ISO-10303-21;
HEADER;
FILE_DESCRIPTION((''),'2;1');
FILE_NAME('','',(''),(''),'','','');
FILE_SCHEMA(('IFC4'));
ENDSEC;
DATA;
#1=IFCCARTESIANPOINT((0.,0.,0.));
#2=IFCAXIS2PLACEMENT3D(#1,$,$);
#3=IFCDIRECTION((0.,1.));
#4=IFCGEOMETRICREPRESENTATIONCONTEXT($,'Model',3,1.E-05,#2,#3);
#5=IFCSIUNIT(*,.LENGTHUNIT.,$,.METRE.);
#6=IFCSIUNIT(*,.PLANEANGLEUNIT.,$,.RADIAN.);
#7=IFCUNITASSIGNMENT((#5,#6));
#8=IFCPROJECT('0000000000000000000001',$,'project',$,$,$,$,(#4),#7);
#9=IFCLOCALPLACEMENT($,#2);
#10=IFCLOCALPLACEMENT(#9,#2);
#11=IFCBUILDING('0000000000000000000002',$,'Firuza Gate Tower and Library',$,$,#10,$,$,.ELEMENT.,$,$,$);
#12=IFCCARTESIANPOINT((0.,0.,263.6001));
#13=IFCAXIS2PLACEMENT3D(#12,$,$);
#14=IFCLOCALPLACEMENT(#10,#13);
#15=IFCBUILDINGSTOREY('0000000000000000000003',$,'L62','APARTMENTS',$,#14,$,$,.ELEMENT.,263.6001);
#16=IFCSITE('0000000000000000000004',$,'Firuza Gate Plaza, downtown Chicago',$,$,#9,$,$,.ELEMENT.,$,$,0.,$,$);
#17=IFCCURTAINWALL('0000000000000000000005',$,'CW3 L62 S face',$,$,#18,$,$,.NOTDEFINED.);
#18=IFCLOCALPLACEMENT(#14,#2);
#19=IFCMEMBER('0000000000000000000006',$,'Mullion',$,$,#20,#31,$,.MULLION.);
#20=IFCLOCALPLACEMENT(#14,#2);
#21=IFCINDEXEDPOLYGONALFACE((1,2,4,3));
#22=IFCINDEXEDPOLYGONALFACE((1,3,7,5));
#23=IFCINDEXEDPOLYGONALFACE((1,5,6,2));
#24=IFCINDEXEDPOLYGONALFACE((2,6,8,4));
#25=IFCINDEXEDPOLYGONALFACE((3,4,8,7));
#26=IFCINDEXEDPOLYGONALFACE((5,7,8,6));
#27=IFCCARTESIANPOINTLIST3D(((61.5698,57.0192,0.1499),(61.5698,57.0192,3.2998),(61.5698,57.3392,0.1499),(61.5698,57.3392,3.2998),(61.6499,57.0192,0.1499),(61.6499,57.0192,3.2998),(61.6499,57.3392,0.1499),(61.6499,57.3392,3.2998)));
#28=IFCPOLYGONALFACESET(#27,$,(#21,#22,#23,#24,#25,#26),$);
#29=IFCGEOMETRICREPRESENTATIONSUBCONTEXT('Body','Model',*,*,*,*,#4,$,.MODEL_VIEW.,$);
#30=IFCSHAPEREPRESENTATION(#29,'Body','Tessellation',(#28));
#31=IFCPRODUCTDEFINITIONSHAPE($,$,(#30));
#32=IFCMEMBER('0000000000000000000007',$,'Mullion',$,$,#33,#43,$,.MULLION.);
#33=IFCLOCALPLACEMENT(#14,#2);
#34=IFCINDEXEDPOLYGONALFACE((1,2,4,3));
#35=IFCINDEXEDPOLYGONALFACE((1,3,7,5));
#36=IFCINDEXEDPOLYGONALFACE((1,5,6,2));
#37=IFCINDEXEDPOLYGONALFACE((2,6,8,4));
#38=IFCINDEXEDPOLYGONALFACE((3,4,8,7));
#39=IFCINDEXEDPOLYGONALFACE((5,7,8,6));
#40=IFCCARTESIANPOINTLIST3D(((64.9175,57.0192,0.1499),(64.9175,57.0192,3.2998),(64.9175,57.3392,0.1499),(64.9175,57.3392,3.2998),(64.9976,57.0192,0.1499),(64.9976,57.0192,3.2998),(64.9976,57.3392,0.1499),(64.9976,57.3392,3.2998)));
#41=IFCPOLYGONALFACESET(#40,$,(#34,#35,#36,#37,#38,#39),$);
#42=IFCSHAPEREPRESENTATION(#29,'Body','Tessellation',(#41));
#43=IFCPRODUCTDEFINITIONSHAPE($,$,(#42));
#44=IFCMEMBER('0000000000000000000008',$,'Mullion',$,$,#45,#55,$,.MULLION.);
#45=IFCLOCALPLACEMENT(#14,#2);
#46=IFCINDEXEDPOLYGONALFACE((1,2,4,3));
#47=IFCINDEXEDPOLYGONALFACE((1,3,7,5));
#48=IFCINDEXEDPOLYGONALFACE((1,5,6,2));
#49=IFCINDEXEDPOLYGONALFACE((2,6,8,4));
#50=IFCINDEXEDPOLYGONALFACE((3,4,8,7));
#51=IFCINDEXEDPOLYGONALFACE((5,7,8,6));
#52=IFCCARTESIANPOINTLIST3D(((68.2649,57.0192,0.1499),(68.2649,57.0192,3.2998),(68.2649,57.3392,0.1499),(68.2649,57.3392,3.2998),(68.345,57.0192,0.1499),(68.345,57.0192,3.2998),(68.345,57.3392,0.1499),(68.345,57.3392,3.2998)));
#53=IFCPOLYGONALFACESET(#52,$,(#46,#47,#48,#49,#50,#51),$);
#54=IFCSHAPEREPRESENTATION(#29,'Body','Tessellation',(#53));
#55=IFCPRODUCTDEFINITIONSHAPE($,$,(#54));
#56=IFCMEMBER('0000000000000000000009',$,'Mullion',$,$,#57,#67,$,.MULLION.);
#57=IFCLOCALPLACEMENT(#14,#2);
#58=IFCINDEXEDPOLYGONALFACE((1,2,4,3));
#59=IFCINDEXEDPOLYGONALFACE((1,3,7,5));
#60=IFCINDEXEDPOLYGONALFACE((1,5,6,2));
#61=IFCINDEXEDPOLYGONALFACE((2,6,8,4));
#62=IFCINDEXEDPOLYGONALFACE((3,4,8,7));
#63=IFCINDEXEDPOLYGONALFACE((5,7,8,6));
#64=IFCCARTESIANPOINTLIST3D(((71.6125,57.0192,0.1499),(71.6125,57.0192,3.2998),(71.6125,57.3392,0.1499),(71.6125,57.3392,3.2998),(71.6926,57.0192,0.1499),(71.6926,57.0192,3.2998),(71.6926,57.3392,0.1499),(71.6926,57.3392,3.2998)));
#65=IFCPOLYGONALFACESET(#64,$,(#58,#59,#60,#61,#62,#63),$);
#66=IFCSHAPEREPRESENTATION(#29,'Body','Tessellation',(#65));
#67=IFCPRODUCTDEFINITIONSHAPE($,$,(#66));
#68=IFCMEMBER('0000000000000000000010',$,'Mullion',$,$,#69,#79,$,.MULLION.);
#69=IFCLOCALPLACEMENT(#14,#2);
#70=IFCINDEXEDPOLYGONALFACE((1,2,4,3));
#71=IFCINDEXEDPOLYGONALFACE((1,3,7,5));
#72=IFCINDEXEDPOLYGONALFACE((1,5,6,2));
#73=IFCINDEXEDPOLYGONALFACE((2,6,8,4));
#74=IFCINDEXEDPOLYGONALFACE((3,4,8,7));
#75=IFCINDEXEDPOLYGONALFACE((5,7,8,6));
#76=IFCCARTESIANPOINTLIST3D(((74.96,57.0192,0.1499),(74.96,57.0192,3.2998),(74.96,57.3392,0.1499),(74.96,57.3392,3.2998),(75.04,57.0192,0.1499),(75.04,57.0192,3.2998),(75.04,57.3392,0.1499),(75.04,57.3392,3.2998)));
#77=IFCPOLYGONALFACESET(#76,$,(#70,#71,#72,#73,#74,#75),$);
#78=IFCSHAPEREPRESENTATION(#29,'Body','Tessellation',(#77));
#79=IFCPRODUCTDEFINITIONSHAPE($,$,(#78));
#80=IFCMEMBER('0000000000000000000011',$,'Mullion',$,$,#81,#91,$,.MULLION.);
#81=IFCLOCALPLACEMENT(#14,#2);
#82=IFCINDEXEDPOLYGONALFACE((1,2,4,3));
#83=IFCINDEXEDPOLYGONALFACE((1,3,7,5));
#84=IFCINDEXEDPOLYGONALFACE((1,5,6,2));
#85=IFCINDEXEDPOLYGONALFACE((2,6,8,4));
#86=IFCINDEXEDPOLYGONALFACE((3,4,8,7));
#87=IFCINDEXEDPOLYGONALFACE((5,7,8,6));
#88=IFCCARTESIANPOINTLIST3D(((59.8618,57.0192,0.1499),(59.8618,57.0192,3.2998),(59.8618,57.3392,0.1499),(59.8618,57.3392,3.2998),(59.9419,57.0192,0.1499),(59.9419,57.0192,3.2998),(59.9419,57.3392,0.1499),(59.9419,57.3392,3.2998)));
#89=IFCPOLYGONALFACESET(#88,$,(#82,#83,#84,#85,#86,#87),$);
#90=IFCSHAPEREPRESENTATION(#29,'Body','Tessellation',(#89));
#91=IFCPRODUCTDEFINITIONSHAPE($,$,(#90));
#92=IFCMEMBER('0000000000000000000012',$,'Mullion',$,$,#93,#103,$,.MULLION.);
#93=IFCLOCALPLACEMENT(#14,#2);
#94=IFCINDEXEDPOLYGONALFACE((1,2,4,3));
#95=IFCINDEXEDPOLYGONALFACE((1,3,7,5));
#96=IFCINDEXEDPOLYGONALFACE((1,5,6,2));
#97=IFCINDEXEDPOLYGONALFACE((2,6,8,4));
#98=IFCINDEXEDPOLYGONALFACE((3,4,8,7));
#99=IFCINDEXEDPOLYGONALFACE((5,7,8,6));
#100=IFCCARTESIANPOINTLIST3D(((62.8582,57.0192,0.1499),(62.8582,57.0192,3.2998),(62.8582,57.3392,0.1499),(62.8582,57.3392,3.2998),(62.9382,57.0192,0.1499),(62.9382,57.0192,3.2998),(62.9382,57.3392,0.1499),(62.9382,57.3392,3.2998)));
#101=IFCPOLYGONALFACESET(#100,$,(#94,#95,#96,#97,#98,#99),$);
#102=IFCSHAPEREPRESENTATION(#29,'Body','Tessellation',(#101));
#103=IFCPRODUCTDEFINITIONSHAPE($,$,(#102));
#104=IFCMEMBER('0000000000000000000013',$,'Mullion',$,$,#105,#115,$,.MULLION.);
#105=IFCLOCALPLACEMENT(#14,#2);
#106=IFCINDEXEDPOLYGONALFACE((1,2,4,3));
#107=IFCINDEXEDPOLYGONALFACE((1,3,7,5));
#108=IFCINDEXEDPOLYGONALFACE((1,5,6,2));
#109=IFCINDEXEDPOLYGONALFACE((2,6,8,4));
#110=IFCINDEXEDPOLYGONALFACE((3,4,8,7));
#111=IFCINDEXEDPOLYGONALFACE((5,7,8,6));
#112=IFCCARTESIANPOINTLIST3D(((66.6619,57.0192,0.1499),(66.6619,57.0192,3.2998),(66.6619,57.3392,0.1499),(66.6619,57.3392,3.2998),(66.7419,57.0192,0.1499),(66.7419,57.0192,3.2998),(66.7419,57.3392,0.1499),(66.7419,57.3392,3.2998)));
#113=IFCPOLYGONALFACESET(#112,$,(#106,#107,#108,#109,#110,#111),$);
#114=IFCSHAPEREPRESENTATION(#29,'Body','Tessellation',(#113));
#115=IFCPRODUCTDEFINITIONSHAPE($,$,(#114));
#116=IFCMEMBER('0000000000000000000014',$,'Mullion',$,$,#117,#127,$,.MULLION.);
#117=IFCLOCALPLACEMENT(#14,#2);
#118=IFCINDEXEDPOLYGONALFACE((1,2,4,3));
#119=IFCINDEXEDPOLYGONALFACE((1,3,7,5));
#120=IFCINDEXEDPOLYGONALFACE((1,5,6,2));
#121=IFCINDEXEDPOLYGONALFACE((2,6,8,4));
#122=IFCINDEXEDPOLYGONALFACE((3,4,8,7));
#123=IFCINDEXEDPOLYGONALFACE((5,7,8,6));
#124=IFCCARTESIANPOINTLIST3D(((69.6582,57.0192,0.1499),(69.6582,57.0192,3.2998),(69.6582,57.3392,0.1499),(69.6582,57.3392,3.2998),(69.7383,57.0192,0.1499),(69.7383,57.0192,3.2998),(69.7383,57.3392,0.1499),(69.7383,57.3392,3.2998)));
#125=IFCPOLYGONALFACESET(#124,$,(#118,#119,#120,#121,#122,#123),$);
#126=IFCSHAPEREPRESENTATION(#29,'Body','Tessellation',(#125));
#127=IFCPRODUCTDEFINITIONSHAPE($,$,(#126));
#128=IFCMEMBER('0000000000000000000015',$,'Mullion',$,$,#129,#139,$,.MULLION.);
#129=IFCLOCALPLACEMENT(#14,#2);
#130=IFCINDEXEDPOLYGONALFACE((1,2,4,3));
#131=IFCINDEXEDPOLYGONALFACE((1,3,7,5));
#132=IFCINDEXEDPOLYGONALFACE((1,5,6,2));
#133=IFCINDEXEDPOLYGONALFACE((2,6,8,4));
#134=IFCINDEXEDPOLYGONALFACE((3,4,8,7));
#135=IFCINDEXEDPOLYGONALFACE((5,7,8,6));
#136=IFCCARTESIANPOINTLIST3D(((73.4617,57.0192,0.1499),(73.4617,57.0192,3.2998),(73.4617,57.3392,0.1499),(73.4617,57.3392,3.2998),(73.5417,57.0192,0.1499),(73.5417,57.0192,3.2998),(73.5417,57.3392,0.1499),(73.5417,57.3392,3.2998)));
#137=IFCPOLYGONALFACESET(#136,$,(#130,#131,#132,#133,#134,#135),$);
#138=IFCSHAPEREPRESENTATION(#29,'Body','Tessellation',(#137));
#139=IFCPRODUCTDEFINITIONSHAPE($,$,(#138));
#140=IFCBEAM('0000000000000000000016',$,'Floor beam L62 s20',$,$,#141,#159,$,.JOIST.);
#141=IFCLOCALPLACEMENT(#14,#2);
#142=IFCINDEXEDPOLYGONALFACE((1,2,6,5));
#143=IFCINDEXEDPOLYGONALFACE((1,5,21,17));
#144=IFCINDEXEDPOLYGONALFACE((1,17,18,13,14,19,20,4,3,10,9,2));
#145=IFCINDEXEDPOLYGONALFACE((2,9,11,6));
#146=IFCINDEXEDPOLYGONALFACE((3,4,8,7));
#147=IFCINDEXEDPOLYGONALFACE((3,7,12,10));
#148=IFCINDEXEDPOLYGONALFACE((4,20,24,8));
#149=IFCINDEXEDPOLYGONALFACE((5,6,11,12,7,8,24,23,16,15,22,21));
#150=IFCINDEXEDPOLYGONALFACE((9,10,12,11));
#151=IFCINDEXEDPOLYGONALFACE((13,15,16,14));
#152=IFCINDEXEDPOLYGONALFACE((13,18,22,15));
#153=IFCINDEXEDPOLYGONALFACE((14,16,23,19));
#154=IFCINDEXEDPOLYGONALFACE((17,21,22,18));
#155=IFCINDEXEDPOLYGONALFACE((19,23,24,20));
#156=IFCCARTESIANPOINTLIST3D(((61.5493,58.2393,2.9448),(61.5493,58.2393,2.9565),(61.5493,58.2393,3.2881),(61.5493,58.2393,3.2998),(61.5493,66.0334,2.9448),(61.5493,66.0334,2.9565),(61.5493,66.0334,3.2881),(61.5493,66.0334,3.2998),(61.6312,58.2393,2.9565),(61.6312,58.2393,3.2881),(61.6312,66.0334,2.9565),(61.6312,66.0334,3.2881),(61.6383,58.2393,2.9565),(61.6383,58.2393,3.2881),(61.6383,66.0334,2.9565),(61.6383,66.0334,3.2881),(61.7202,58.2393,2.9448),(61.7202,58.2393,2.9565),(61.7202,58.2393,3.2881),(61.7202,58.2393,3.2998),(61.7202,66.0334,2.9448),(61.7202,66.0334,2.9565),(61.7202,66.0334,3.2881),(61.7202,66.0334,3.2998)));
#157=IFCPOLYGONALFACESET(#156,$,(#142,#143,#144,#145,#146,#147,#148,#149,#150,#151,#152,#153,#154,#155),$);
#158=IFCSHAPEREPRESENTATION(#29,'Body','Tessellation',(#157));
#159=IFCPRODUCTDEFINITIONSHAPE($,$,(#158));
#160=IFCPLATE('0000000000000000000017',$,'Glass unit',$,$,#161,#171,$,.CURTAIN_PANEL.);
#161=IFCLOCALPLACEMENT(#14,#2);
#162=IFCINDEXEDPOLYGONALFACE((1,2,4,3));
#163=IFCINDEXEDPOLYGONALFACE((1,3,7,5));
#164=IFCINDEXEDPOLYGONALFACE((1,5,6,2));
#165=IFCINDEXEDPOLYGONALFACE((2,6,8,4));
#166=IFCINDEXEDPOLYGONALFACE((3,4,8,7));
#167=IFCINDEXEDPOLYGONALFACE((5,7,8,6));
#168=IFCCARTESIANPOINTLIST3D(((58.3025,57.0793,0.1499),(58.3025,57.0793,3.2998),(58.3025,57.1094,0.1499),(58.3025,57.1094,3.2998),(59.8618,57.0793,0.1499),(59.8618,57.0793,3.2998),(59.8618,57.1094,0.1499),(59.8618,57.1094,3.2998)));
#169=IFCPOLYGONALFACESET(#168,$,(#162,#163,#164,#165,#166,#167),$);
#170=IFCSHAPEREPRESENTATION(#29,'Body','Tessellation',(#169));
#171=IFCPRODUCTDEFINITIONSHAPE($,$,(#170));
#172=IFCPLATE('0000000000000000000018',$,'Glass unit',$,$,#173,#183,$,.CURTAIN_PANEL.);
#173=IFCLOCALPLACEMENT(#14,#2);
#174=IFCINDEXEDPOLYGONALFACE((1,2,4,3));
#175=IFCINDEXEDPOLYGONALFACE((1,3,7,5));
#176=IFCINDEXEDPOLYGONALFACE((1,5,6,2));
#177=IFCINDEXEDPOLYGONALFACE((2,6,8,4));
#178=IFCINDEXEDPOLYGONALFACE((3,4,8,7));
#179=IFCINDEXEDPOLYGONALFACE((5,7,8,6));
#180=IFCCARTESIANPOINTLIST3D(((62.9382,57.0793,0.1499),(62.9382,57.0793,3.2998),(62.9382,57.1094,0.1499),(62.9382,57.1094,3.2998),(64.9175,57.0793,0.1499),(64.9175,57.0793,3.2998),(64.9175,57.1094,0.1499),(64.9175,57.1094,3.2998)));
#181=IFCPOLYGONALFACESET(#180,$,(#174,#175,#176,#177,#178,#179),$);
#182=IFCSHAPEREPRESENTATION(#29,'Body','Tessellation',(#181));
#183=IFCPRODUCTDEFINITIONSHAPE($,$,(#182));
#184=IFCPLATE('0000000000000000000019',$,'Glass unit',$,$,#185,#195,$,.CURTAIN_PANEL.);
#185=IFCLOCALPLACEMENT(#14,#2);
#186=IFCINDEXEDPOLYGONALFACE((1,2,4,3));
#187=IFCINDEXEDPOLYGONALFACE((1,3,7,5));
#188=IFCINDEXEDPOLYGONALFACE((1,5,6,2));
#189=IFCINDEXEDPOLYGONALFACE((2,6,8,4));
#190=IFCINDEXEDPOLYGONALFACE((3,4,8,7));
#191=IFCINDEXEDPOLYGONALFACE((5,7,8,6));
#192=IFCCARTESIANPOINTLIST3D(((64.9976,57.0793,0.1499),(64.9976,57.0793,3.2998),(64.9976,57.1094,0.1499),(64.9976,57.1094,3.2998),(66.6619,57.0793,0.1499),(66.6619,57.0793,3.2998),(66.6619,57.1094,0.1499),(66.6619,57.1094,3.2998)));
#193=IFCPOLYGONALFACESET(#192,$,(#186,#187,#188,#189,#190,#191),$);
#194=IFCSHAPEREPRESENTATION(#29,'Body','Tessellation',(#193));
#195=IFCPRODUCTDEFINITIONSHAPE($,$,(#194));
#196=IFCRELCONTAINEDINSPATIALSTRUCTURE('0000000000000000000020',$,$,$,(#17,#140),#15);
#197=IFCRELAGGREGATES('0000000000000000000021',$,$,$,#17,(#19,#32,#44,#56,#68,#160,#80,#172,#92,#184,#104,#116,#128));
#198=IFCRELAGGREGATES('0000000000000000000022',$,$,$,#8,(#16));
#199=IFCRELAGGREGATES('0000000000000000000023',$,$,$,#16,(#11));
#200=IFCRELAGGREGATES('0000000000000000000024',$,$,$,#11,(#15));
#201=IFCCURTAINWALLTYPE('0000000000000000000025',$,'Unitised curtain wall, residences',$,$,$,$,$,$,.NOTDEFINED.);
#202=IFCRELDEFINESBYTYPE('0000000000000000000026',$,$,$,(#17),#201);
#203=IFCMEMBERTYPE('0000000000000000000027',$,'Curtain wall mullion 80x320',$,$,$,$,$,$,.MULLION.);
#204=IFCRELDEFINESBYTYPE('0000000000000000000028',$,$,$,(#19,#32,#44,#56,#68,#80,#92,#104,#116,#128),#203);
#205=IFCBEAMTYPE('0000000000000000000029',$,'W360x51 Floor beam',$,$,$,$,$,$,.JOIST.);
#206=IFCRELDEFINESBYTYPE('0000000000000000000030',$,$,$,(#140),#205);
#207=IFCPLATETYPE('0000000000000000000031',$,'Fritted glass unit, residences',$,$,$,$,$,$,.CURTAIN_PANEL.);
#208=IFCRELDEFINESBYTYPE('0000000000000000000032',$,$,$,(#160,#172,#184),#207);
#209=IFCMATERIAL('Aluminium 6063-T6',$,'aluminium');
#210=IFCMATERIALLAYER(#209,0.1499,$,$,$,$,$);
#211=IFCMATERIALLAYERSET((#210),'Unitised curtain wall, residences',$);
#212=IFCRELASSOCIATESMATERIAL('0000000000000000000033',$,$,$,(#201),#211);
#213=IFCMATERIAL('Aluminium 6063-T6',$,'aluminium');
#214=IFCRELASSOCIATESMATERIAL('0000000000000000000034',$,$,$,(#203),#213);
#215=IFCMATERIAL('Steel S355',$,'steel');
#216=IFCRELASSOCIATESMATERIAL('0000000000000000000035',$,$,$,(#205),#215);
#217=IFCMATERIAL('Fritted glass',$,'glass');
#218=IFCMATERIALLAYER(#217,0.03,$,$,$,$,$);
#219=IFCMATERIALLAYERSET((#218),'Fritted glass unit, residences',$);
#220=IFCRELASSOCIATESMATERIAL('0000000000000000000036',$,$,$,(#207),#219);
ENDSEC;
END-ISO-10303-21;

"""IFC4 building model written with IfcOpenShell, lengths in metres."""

from ifc_helpers import new_model, si_unit, direction, frame, origin, origin_2d, place, context, subcontext, project, spatial, polyline, rectangle, i_section, outline, extrude, material, layer, layer_set, material_profile, profile_set, type_object, element, aggregate, save


model = new_model("IFC4")

# Units and contexts
model_context = context("Model", 3, precision=1e-05, world=origin(), true_north=direction((0.0, 1.0)))
body_context = subcontext(model_context, "Body", "Model", "MODEL_VIEW")
ifc_project = project(units=[si_unit("LENGTHUNIT", "METRE"), si_unit("PLANEANGLEUNIT", "RADIAN")], contexts=[model_context])

# Site, building, storey
site_placement = place(None, origin())
site = spatial("IfcSite", under=ifc_project, at=site_placement, Name="Firuza Gate Plaza, downtown Chicago", CompositionType="ELEMENT", RefElevation=0.0)
building_placement = place(site_placement, origin())
building = spatial("IfcBuilding", under=site, at=building_placement, Name="Firuza Gate Tower and Library", CompositionType="ELEMENT")
storey_placement = place(building_placement, frame((0.0, 0.0, 263.6001)))
storey = spatial("IfcBuildingStorey", under=building, at=storey_placement, Name="L62", Description="APARTMENTS", CompositionType="ELEMENT", Elevation=263.6001)

# Curtain wall, members
ifc_material_1 = material(Name="Aluminium 6063-T6", Category="aluminium")
ifc_layer_1 = layer(ifc_material_1, 0.1499)
ifc_layer_set_1 = layer_set([ifc_layer_1], Name="Unitised curtain wall, residences")
curtain_wall_type = type_object("IfcCurtainWallType", Name="Unitised curtain wall, residences", PredefinedType="NOTDEFINED", material=ifc_layer_set_1)
curtain_wall_placement = place(storey_placement, origin())
curtain_wall = element("IfcCurtainWall", 1, at=curtain_wall_placement, inside=storey, type_object=curtain_wall_type, Name="CW3 L62 S face", PredefinedType="NOTDEFINED")
ifc_material_2 = material(Name="Aluminium 6063-T6", Category="aluminium")
ifc_material_profile_1 = material_profile(ifc_material_2, rectangle(XDim=0.3201, YDim=0.0801, at=origin_2d()))
ifc_profile_set_1 = profile_set([ifc_material_profile_1], Name="Aluminium 6063-T6")
member_type = type_object("IfcMemberType", Name="Curtain wall mullion 80x320", PredefinedType="MULLION", material=ifc_profile_set_1)
member_1_placement = place(storey_placement, frame((61.6099, 57.1792, 0.1499), z_axis=(0.0, 0.0, 1.0), x_axis=(0.0, 1.0, 0.0)))
member_1 = element("IfcMember", 2, at=member_1_placement, type_object=member_type, Name="Mullion", PredefinedType="MULLION", context=body_context, shape_type="SweptSolid", body=[
    extrude(rectangle(XDim=0.3201, YDim=0.0801, at=origin_2d()), origin(), (0.0, 0.0, 1.0), 3.1499),
])
member_2_placement = place(storey_placement, frame((64.9575, 57.1792, 0.1499), z_axis=(0.0, 0.0, 1.0), x_axis=(0.0, 1.0, 0.0)))
member_2 = element("IfcMember", 3, at=member_2_placement, type_object=member_type, Name="Mullion", PredefinedType="MULLION", context=body_context, shape_type="SweptSolid", body=[
    extrude(rectangle(XDim=0.3201, YDim=0.0801, at=origin_2d()), origin(), (0.0, 0.0, 1.0), 3.1499),
])
member_3_placement = place(storey_placement, frame((68.3049, 57.1792, 0.1499), z_axis=(0.0, 0.0, 1.0), x_axis=(0.0, 1.0, 0.0)))
member_3 = element("IfcMember", 4, at=member_3_placement, type_object=member_type, Name="Mullion", PredefinedType="MULLION", context=body_context, shape_type="SweptSolid", body=[
    extrude(rectangle(XDim=0.3201, YDim=0.0801, at=origin_2d()), origin(), (0.0, 0.0, 1.0), 3.1499),
])
member_4_placement = place(storey_placement, frame((71.6526, 57.1792, 0.1499), z_axis=(0.0, 0.0, 1.0), x_axis=(0.0, 1.0, 0.0)))
member_4 = element("IfcMember", 5, at=member_4_placement, type_object=member_type, Name="Mullion", PredefinedType="MULLION", context=body_context, shape_type="SweptSolid", body=[
    extrude(rectangle(XDim=0.3201, YDim=0.0801, at=origin_2d()), origin(), (0.0, 0.0, 1.0), 3.1499),
])
member_5_placement = place(storey_placement, frame((75.0, 57.1792, 0.1499), z_axis=(0.0, 0.0, 1.0), x_axis=(0.0, 1.0, 0.0)))
member_5 = element("IfcMember", 6, at=member_5_placement, type_object=member_type, Name="Mullion", PredefinedType="MULLION", context=body_context, shape_type="SweptSolid", body=[
    extrude(rectangle(XDim=0.3201, YDim=0.0801, at=origin_2d()), origin(), (0.0, 0.0, 1.0), 3.1499),
])
member_6_placement = place(storey_placement, frame((59.9019, 57.1792, 0.1499), z_axis=(0.0, 0.0, 1.0), x_axis=(0.0, 1.0, 0.0)))
member_6 = element("IfcMember", 7, at=member_6_placement, type_object=member_type, Name="Mullion", PredefinedType="MULLION", context=body_context, shape_type="SweptSolid", body=[
    extrude(rectangle(XDim=0.3201, YDim=0.0801, at=origin_2d()), origin(), (0.0, 0.0, 1.0), 3.1499),
])
member_7_placement = place(storey_placement, frame((62.8982, 57.1792, 0.1499), z_axis=(0.0, 0.0, 1.0), x_axis=(0.0, 1.0, 0.0)))
member_7 = element("IfcMember", 8, at=member_7_placement, type_object=member_type, Name="Mullion", PredefinedType="MULLION", context=body_context, shape_type="SweptSolid", body=[
    extrude(rectangle(XDim=0.3201, YDim=0.0801, at=origin_2d()), origin(), (0.0, 0.0, 1.0), 3.1499),
])
member_8_placement = place(storey_placement, frame((66.7019, 57.1792, 0.1499), z_axis=(0.0, 0.0, 1.0), x_axis=(0.0, 1.0, 0.0)))
member_8 = element("IfcMember", 9, at=member_8_placement, type_object=member_type, Name="Mullion", PredefinedType="MULLION", context=body_context, shape_type="SweptSolid", body=[
    extrude(rectangle(XDim=0.3201, YDim=0.0801, at=origin_2d()), origin(), (0.0, 0.0, 1.0), 3.1499),
])
member_9_placement = place(storey_placement, frame((69.6982, 57.1792, 0.1499), z_axis=(0.0, 0.0, 1.0), x_axis=(0.0, 1.0, 0.0)))
member_9 = element("IfcMember", 10, at=member_9_placement, type_object=member_type, Name="Mullion", PredefinedType="MULLION", context=body_context, shape_type="SweptSolid", body=[
    extrude(rectangle(XDim=0.3201, YDim=0.0801, at=origin_2d()), origin(), (0.0, 0.0, 1.0), 3.1499),
])
member_10_placement = place(storey_placement, frame((73.5017, 57.1792, 0.1499), z_axis=(0.0, 0.0, 1.0), x_axis=(0.0, 1.0, 0.0)))
member_10 = element("IfcMember", 11, at=member_10_placement, type_object=member_type, Name="Mullion", PredefinedType="MULLION", context=body_context, shape_type="SweptSolid", body=[
    extrude(rectangle(XDim=0.3201, YDim=0.0801, at=origin_2d()), origin(), (0.0, 0.0, 1.0), 3.1499),
])

# Beam
ifc_material_3 = material(Name="Steel S355", Category="steel")
ifc_material_profile_2 = material_profile(ifc_material_3, i_section(OverallWidth=0.1709, OverallDepth=0.355, WebThickness=0.0071, FlangeThickness=0.0117, at=origin_2d()))
ifc_profile_set_2 = profile_set([ifc_material_profile_2], Name="Steel S355")
beam_type = type_object("IfcBeamType", Name="W360x51 Floor beam", PredefinedType="JOIST", material=ifc_profile_set_2)
beam_placement = place(storey_placement, frame((61.6348, 58.2393, 3.1223), z_axis=(0.0, 1.0, 0.0), x_axis=(-1.0, 0.0, 0.0)))
element("IfcBeam", 12, at=beam_placement, inside=storey, type_object=beam_type, Name="Floor beam L62 s20", PredefinedType="JOIST", context=body_context, shape_type="SweptSolid", body=[
    extrude(i_section(OverallWidth=0.1709, OverallDepth=0.355, WebThickness=0.0071, FlangeThickness=0.0117, at=origin_2d()), origin(), (0.0, 0.0, 1.0), 7.7942),
])

# Plates
ifc_material_4 = material(Name="Fritted glass", Category="glass")
ifc_layer_2 = layer(ifc_material_4, 0.03)
ifc_layer_set_2 = layer_set([ifc_layer_2], Name="Fritted glass unit, residences")
plate_type_1 = type_object("IfcPlateType", Name="Fritted glass unit, residences", PredefinedType="CURTAIN_PANEL", material=ifc_layer_set_2)
plate_1_placement = place(storey_placement, frame((58.3025, 57.0793, 0.1499), z_axis=(0.0, -1.0, 0.0), x_axis=(1.0, 0.0, 0.0)))
plate_1 = element("IfcPlate", 13, at=plate_1_placement, type_object=plate_type_1, Name="Glass unit", PredefinedType="CURTAIN_PANEL", context=body_context, shape_type="SweptSolid", body=[
    extrude(outline(polyline([(0.0, 0.0), (1.5593, 0.0), (1.5593, 3.1499), (0.0, 3.1499), (0.0, 0.0)])), origin(), (0.0, 0.0, -1.0), 0.03),
])
plate_2_placement = place(storey_placement, frame((62.9382, 57.0793, 0.1499), z_axis=(0.0, -1.0, 0.0), x_axis=(1.0, 0.0, 0.0)))
plate_2 = element("IfcPlate", 14, at=plate_2_placement, type_object=plate_type_1, Name="Glass unit", PredefinedType="CURTAIN_PANEL", context=body_context, shape_type="SweptSolid", body=[
    extrude(outline(polyline([(0.0, 0.0), (1.9792, 0.0), (1.9792, 3.1499), (0.0, 3.1499), (0.0, 0.0)])), origin(), (0.0, 0.0, -1.0), 0.03),
])
plate_3_placement = place(storey_placement, frame((64.9976, 57.0793, 0.1499), z_axis=(0.0, -1.0, 0.0), x_axis=(1.0, 0.0, 0.0)))
plate_3 = element("IfcPlate", 15, at=plate_3_placement, type_object=plate_type_1, Name="Glass unit", PredefinedType="CURTAIN_PANEL", context=body_context, shape_type="SweptSolid", body=[
    extrude(outline(polyline([(0.0, 0.0), (1.6643, 0.0), (1.6643, 3.1499), (0.0, 3.1499), (0.0, 0.0)])), origin(), (0.0, 0.0, -1.0), 0.03),
])
aggregate(curtain_wall, [member_1, member_2, member_3, member_4, member_5, plate_1, member_6, plate_2, member_7, plate_3, member_8, member_9, member_10])

save(model, "model.ifc")
